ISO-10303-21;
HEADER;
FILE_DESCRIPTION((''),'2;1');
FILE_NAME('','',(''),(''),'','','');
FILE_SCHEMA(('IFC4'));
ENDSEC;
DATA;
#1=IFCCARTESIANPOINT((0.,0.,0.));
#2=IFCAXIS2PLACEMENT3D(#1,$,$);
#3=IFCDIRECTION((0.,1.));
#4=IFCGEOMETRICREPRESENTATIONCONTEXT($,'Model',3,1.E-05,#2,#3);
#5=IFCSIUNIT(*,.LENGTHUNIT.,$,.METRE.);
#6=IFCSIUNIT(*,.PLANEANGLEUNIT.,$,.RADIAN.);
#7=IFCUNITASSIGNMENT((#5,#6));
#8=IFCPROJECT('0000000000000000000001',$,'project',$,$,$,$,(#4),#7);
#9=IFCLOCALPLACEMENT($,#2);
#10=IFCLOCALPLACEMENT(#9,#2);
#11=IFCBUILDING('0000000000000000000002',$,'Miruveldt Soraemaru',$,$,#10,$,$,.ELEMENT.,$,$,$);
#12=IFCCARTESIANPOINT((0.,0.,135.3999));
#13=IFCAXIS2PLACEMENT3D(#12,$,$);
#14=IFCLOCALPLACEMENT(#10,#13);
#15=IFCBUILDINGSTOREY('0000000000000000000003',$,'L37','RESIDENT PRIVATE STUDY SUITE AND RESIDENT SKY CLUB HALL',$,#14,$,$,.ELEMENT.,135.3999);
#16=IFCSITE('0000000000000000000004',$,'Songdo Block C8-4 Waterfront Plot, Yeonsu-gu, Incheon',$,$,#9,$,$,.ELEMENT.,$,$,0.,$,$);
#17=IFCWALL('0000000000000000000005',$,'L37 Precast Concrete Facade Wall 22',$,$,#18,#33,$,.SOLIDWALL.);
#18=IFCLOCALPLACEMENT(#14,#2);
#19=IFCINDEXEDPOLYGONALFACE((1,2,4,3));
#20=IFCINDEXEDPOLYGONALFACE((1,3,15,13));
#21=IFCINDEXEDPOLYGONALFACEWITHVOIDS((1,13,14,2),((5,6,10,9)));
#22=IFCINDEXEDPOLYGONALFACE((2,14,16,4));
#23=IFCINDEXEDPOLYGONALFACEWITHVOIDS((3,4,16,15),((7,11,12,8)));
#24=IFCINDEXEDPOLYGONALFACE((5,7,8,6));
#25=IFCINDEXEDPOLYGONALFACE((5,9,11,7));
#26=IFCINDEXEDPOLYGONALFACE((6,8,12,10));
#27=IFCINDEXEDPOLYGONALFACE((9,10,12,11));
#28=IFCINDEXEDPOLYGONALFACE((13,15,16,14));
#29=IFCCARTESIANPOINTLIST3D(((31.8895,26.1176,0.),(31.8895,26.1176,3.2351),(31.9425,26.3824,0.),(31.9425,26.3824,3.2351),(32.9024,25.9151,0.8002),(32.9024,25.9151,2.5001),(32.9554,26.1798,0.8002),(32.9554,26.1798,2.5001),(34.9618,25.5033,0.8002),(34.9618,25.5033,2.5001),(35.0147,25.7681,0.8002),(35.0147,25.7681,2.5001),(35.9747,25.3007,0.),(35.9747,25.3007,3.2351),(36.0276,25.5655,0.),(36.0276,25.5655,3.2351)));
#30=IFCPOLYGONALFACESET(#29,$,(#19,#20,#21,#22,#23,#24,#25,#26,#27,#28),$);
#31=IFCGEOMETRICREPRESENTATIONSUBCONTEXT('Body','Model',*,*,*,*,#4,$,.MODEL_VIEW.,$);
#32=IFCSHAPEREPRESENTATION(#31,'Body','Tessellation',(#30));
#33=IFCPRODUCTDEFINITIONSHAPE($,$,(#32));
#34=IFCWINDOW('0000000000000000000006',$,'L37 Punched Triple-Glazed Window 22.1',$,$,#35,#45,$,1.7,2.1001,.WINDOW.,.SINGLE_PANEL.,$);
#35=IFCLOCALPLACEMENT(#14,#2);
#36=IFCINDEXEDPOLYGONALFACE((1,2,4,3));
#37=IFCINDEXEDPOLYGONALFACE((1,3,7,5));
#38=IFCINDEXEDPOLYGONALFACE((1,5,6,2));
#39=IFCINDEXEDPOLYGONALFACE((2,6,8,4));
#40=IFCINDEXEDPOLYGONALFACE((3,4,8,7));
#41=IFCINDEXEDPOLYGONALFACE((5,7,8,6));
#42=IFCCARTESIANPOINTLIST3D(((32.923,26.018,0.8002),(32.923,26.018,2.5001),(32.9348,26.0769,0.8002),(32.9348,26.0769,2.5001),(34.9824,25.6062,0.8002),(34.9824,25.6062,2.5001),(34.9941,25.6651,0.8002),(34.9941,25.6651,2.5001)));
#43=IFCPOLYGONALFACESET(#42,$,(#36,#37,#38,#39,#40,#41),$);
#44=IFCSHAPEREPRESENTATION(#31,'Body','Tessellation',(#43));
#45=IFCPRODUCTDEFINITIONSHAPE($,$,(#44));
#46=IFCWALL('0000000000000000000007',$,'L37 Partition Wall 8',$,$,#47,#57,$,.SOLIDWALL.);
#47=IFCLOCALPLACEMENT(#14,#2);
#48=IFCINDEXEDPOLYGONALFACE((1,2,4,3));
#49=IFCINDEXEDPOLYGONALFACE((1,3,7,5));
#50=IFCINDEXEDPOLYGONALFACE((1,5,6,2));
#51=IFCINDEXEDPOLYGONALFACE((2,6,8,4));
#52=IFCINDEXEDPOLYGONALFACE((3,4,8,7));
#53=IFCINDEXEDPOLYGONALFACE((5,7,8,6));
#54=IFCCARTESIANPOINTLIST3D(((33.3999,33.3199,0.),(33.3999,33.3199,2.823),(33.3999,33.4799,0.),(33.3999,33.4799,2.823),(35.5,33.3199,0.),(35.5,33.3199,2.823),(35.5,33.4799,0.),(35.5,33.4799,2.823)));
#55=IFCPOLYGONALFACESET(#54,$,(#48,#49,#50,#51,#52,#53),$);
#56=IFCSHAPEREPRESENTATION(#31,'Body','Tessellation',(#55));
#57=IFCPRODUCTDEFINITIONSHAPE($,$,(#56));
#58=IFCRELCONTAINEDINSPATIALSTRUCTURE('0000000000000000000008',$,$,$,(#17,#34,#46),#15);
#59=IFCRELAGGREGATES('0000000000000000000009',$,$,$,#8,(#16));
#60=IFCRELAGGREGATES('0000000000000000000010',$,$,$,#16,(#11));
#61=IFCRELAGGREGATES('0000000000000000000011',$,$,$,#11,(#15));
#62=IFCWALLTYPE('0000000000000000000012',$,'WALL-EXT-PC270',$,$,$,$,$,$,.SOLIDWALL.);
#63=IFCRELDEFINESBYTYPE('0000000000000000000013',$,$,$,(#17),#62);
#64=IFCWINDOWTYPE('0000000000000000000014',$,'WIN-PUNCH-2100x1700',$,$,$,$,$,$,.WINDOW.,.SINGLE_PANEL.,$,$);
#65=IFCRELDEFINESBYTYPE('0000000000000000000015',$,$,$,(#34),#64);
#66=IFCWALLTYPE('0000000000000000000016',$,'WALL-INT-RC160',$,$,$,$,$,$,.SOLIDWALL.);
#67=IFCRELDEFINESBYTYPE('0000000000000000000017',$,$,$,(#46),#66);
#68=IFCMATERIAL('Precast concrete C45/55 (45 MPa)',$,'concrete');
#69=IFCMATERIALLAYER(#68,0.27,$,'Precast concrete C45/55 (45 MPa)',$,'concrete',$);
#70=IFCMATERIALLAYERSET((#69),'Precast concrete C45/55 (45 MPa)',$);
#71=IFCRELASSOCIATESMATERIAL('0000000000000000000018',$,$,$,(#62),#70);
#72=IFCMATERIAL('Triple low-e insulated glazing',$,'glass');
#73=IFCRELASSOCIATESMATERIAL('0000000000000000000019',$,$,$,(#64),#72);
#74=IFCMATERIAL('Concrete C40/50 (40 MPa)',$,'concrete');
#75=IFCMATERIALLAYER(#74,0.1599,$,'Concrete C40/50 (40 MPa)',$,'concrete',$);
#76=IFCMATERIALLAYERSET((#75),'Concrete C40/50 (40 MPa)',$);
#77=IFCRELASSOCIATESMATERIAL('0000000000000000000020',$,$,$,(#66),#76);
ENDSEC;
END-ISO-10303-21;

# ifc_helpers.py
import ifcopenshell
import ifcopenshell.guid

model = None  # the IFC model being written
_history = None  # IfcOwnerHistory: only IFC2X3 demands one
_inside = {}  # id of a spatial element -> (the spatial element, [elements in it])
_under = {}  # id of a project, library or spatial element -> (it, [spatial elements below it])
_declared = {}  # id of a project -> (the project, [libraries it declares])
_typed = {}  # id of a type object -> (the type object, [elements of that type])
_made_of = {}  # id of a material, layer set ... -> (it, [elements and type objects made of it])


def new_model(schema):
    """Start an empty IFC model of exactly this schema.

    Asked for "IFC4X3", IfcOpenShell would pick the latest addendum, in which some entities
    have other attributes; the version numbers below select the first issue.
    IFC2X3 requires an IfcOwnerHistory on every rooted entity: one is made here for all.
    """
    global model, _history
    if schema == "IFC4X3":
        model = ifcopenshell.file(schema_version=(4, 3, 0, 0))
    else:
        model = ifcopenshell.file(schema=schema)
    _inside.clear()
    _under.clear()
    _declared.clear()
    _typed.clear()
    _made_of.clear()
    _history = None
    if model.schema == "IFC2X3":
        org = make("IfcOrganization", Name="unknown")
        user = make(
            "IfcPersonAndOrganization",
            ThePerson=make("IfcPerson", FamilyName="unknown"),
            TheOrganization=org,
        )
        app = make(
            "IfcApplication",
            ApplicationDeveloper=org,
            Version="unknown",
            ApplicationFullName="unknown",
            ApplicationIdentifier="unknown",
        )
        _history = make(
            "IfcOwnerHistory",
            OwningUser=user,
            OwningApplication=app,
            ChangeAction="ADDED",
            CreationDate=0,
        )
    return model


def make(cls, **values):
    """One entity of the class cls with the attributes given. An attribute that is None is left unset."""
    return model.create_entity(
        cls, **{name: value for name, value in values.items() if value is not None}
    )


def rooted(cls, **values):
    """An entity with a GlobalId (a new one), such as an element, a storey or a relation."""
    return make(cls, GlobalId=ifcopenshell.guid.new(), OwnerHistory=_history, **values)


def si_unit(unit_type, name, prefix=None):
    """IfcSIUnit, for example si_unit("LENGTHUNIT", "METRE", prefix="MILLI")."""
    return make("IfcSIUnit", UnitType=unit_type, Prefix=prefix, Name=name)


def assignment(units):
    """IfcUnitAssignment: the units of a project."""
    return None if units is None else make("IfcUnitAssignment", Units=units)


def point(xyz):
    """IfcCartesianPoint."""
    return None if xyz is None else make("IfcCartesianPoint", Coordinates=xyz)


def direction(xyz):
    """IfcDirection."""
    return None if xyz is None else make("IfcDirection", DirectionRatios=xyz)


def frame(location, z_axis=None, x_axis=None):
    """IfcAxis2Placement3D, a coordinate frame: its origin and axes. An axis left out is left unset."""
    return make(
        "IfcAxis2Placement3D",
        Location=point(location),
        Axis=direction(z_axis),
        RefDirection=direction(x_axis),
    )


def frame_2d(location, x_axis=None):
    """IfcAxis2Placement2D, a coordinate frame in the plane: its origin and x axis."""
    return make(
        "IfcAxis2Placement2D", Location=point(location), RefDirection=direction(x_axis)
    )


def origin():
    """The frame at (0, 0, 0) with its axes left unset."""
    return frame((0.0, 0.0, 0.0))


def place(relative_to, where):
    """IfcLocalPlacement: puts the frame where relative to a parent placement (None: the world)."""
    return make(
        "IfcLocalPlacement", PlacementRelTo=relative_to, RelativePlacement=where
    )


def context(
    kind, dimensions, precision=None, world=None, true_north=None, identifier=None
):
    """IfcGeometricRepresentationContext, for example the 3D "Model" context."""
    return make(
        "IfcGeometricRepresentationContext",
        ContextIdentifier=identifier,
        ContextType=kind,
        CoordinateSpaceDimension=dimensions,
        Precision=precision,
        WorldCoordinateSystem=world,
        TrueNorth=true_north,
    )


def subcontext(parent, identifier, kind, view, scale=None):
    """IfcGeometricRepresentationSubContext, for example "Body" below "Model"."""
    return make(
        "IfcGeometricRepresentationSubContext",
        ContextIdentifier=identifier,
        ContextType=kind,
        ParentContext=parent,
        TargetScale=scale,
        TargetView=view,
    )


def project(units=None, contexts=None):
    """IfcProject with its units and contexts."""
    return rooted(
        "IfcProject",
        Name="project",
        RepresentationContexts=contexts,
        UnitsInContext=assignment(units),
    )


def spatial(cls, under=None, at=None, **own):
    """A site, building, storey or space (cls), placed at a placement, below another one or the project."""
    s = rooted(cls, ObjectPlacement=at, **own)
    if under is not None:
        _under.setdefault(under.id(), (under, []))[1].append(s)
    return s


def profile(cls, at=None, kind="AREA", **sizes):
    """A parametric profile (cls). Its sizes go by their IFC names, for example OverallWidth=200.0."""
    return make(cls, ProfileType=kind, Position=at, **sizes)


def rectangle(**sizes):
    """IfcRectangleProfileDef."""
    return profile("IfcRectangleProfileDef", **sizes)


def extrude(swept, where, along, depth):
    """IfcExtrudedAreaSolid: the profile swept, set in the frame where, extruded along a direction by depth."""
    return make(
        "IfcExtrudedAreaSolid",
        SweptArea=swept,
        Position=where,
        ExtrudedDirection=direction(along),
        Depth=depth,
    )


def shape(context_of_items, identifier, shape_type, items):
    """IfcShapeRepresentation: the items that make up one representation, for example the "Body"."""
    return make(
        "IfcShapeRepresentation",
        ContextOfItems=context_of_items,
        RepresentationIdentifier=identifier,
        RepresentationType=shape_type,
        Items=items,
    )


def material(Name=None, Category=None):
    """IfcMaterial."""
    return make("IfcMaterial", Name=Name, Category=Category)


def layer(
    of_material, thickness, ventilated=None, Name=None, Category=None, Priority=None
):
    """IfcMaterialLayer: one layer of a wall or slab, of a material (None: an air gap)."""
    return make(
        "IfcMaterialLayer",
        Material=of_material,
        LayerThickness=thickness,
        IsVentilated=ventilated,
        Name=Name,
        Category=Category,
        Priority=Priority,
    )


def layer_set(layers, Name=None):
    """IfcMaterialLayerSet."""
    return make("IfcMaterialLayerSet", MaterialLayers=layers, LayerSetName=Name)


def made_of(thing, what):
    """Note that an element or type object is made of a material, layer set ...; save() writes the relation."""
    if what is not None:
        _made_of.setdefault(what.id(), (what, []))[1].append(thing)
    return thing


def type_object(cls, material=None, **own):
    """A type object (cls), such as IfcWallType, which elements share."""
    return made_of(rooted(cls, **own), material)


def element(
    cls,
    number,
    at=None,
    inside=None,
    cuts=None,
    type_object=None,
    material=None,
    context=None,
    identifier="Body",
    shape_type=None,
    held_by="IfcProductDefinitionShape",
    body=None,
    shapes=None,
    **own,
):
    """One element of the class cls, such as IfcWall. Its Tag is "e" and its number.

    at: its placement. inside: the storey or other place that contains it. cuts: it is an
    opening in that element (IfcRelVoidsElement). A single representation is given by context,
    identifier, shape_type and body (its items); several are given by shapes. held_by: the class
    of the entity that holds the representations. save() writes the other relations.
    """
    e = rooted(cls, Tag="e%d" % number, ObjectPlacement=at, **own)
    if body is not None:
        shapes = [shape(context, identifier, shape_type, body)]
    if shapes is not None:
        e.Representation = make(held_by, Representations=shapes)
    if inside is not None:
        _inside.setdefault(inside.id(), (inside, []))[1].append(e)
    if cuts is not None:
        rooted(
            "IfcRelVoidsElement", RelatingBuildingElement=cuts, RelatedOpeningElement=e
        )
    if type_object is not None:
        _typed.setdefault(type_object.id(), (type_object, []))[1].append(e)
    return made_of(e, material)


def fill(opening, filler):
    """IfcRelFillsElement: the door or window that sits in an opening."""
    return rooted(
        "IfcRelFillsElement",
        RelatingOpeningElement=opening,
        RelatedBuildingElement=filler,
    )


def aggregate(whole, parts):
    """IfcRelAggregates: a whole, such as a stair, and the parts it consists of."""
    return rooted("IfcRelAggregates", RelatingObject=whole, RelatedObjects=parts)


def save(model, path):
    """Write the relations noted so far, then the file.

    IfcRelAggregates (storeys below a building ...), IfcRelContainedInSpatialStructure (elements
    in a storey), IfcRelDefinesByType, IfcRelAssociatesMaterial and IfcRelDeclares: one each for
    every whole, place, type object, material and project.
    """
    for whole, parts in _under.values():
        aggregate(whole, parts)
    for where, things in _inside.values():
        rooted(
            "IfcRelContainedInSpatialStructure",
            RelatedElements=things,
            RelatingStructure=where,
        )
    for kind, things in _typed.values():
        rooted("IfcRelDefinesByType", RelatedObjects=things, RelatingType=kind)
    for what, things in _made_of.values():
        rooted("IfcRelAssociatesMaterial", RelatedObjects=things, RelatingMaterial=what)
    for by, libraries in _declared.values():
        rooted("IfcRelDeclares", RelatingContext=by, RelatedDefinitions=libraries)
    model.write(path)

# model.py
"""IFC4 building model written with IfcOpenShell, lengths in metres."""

from ifc_helpers import new_model, si_unit, direction, frame, frame_2d, origin, place, context, subcontext, project, spatial, rectangle, extrude, material, layer, layer_set, type_object, element, fill, save


model = new_model("IFC4")

# Units and contexts
model_context = context("Model", 3, precision=1e-05, world=origin(), true_north=direction((0.0, 1.0)))
body_context = subcontext(model_context, "Body", "Model", "MODEL_VIEW")
ifc_project = project(units=[si_unit("LENGTHUNIT", "METRE"), si_unit("PLANEANGLEUNIT", "RADIAN")], contexts=[model_context])

# Site, building, storey
site_placement = place(None, origin())
site = spatial("IfcSite", under=ifc_project, at=site_placement, Name="Songdo Block C8-4 Waterfront Plot, Yeonsu-gu, Incheon", CompositionType="ELEMENT", RefElevation=0.0)
building_placement = place(site_placement, origin())
building = spatial("IfcBuilding", under=site, at=building_placement, Name="Miruveldt Soraemaru", CompositionType="ELEMENT")
storey_placement = place(building_placement, frame((0.0, 0.0, 135.3999)))
storey = spatial("IfcBuildingStorey", under=building, at=storey_placement, Name="L37", Description="RESIDENT PRIVATE STUDY SUITE AND RESIDENT SKY CLUB HALL", CompositionType="ELEMENT", Elevation=135.3999)

# Shared definitions
ifc_material_1 = material(Name="Concrete C40/50 (40 MPa)", Category="concrete")

# Wall, opening, window
ifc_material_2 = material(Name="Precast concrete C45/55 (45 MPa)", Category="concrete")
ifc_layer_1 = layer(ifc_material_2, 0.27, Name="Precast concrete C45/55 (45 MPa)", Category="concrete")
ifc_layer_set_1 = layer_set([ifc_layer_1], Name="Precast concrete C45/55 (45 MPa)")
wall_type_1 = type_object("IfcWallType", Name="WALL-EXT-PC270", PredefinedType="SOLIDWALL", material=ifc_layer_set_1)
ifc_material_3 = material(Name="Triple low-e insulated glazing", Category="glass")
window_type_1 = type_object("IfcWindowType", Name="WIN-PUNCH-2100x1700", PartitioningType="SINGLE_PANEL", PredefinedType="WINDOW", material=ifc_material_3)
wall_1_placement = place(storey_placement, frame((31.916, 26.25, 0.0), z_axis=(0.0, 0.0, 1.0), x_axis=(0.980587, -0.196082, 0.0)))
wall_1 = element("IfcWall", 1, at=wall_1_placement, inside=storey, type_object=wall_type_1, Name="L37 Precast Concrete Facade Wall 22", PredefinedType="SOLIDWALL", context=body_context, shape_type="SweptSolid", body=[
    extrude(rectangle(XDim=4.166, YDim=0.27, at=frame_2d((2.083, 0.0))), origin(), (0.0, 0.0, 1.0), 3.2351),
])
opening_1_placement = place(wall_1_placement, frame((1.033, 0.0, 0.8)))
opening_1 = element("IfcOpeningElement", 2, at=opening_1_placement, cuts=wall_1, PredefinedType="OPENING", context=body_context, shape_type="SweptSolid", body=[
    extrude(rectangle(XDim=2.1001, YDim=1.7, at=frame_2d((1.05, 0.8501))), frame((0.0, 0.145, 0.0), z_axis=(0.0, -1.0, 0.0), x_axis=(1.0, 0.0, 0.0)), (0.0, 0.0, 1.0), 0.29),
])
window_1_placement = place(opening_1_placement, origin())
window_1 = element("IfcWindow", 3, at=window_1_placement, inside=storey, type_object=window_type_1, Name="L37 Punched Triple-Glazed Window 22.1", OverallHeight=1.7, OverallWidth=2.1001, PartitioningType="SINGLE_PANEL", PredefinedType="WINDOW", context=body_context, shape_type="SweptSolid", body=[
    extrude(rectangle(XDim=2.1001, YDim=1.7, at=frame_2d((1.05, 0.8501))), frame((0.0, 0.03, 0.0), z_axis=(0.0, -1.0, 0.0), x_axis=(1.0, 0.0, 0.0)), (0.0, 0.0, 1.0), 0.0601),
])
fill(opening_1, window_1)

# Wall
ifc_layer_2 = layer(ifc_material_1, 0.1599, Name="Concrete C40/50 (40 MPa)", Category="concrete")
ifc_layer_set_2 = layer_set([ifc_layer_2], Name="Concrete C40/50 (40 MPa)")
wall_type_2 = type_object("IfcWallType", Name="WALL-INT-RC160", PredefinedType="SOLIDWALL", material=ifc_layer_set_2)
wall_2_placement = place(storey_placement, frame((33.3999, 33.3999, 0.0), z_axis=(0.0, 0.0, 1.0), x_axis=(1.0, 0.0, 0.0)))
element("IfcWall", 4, at=wall_2_placement, inside=storey, type_object=wall_type_2, Name="L37 Partition Wall 8", PredefinedType="SOLIDWALL", context=body_context, shape_type="SweptSolid", body=[
    extrude(rectangle(XDim=2.1001, YDim=0.1599, at=frame_2d((1.05, 0.0))), origin(), (0.0, 0.0, 1.0), 2.823),
])

save(model, "model.ifc")
